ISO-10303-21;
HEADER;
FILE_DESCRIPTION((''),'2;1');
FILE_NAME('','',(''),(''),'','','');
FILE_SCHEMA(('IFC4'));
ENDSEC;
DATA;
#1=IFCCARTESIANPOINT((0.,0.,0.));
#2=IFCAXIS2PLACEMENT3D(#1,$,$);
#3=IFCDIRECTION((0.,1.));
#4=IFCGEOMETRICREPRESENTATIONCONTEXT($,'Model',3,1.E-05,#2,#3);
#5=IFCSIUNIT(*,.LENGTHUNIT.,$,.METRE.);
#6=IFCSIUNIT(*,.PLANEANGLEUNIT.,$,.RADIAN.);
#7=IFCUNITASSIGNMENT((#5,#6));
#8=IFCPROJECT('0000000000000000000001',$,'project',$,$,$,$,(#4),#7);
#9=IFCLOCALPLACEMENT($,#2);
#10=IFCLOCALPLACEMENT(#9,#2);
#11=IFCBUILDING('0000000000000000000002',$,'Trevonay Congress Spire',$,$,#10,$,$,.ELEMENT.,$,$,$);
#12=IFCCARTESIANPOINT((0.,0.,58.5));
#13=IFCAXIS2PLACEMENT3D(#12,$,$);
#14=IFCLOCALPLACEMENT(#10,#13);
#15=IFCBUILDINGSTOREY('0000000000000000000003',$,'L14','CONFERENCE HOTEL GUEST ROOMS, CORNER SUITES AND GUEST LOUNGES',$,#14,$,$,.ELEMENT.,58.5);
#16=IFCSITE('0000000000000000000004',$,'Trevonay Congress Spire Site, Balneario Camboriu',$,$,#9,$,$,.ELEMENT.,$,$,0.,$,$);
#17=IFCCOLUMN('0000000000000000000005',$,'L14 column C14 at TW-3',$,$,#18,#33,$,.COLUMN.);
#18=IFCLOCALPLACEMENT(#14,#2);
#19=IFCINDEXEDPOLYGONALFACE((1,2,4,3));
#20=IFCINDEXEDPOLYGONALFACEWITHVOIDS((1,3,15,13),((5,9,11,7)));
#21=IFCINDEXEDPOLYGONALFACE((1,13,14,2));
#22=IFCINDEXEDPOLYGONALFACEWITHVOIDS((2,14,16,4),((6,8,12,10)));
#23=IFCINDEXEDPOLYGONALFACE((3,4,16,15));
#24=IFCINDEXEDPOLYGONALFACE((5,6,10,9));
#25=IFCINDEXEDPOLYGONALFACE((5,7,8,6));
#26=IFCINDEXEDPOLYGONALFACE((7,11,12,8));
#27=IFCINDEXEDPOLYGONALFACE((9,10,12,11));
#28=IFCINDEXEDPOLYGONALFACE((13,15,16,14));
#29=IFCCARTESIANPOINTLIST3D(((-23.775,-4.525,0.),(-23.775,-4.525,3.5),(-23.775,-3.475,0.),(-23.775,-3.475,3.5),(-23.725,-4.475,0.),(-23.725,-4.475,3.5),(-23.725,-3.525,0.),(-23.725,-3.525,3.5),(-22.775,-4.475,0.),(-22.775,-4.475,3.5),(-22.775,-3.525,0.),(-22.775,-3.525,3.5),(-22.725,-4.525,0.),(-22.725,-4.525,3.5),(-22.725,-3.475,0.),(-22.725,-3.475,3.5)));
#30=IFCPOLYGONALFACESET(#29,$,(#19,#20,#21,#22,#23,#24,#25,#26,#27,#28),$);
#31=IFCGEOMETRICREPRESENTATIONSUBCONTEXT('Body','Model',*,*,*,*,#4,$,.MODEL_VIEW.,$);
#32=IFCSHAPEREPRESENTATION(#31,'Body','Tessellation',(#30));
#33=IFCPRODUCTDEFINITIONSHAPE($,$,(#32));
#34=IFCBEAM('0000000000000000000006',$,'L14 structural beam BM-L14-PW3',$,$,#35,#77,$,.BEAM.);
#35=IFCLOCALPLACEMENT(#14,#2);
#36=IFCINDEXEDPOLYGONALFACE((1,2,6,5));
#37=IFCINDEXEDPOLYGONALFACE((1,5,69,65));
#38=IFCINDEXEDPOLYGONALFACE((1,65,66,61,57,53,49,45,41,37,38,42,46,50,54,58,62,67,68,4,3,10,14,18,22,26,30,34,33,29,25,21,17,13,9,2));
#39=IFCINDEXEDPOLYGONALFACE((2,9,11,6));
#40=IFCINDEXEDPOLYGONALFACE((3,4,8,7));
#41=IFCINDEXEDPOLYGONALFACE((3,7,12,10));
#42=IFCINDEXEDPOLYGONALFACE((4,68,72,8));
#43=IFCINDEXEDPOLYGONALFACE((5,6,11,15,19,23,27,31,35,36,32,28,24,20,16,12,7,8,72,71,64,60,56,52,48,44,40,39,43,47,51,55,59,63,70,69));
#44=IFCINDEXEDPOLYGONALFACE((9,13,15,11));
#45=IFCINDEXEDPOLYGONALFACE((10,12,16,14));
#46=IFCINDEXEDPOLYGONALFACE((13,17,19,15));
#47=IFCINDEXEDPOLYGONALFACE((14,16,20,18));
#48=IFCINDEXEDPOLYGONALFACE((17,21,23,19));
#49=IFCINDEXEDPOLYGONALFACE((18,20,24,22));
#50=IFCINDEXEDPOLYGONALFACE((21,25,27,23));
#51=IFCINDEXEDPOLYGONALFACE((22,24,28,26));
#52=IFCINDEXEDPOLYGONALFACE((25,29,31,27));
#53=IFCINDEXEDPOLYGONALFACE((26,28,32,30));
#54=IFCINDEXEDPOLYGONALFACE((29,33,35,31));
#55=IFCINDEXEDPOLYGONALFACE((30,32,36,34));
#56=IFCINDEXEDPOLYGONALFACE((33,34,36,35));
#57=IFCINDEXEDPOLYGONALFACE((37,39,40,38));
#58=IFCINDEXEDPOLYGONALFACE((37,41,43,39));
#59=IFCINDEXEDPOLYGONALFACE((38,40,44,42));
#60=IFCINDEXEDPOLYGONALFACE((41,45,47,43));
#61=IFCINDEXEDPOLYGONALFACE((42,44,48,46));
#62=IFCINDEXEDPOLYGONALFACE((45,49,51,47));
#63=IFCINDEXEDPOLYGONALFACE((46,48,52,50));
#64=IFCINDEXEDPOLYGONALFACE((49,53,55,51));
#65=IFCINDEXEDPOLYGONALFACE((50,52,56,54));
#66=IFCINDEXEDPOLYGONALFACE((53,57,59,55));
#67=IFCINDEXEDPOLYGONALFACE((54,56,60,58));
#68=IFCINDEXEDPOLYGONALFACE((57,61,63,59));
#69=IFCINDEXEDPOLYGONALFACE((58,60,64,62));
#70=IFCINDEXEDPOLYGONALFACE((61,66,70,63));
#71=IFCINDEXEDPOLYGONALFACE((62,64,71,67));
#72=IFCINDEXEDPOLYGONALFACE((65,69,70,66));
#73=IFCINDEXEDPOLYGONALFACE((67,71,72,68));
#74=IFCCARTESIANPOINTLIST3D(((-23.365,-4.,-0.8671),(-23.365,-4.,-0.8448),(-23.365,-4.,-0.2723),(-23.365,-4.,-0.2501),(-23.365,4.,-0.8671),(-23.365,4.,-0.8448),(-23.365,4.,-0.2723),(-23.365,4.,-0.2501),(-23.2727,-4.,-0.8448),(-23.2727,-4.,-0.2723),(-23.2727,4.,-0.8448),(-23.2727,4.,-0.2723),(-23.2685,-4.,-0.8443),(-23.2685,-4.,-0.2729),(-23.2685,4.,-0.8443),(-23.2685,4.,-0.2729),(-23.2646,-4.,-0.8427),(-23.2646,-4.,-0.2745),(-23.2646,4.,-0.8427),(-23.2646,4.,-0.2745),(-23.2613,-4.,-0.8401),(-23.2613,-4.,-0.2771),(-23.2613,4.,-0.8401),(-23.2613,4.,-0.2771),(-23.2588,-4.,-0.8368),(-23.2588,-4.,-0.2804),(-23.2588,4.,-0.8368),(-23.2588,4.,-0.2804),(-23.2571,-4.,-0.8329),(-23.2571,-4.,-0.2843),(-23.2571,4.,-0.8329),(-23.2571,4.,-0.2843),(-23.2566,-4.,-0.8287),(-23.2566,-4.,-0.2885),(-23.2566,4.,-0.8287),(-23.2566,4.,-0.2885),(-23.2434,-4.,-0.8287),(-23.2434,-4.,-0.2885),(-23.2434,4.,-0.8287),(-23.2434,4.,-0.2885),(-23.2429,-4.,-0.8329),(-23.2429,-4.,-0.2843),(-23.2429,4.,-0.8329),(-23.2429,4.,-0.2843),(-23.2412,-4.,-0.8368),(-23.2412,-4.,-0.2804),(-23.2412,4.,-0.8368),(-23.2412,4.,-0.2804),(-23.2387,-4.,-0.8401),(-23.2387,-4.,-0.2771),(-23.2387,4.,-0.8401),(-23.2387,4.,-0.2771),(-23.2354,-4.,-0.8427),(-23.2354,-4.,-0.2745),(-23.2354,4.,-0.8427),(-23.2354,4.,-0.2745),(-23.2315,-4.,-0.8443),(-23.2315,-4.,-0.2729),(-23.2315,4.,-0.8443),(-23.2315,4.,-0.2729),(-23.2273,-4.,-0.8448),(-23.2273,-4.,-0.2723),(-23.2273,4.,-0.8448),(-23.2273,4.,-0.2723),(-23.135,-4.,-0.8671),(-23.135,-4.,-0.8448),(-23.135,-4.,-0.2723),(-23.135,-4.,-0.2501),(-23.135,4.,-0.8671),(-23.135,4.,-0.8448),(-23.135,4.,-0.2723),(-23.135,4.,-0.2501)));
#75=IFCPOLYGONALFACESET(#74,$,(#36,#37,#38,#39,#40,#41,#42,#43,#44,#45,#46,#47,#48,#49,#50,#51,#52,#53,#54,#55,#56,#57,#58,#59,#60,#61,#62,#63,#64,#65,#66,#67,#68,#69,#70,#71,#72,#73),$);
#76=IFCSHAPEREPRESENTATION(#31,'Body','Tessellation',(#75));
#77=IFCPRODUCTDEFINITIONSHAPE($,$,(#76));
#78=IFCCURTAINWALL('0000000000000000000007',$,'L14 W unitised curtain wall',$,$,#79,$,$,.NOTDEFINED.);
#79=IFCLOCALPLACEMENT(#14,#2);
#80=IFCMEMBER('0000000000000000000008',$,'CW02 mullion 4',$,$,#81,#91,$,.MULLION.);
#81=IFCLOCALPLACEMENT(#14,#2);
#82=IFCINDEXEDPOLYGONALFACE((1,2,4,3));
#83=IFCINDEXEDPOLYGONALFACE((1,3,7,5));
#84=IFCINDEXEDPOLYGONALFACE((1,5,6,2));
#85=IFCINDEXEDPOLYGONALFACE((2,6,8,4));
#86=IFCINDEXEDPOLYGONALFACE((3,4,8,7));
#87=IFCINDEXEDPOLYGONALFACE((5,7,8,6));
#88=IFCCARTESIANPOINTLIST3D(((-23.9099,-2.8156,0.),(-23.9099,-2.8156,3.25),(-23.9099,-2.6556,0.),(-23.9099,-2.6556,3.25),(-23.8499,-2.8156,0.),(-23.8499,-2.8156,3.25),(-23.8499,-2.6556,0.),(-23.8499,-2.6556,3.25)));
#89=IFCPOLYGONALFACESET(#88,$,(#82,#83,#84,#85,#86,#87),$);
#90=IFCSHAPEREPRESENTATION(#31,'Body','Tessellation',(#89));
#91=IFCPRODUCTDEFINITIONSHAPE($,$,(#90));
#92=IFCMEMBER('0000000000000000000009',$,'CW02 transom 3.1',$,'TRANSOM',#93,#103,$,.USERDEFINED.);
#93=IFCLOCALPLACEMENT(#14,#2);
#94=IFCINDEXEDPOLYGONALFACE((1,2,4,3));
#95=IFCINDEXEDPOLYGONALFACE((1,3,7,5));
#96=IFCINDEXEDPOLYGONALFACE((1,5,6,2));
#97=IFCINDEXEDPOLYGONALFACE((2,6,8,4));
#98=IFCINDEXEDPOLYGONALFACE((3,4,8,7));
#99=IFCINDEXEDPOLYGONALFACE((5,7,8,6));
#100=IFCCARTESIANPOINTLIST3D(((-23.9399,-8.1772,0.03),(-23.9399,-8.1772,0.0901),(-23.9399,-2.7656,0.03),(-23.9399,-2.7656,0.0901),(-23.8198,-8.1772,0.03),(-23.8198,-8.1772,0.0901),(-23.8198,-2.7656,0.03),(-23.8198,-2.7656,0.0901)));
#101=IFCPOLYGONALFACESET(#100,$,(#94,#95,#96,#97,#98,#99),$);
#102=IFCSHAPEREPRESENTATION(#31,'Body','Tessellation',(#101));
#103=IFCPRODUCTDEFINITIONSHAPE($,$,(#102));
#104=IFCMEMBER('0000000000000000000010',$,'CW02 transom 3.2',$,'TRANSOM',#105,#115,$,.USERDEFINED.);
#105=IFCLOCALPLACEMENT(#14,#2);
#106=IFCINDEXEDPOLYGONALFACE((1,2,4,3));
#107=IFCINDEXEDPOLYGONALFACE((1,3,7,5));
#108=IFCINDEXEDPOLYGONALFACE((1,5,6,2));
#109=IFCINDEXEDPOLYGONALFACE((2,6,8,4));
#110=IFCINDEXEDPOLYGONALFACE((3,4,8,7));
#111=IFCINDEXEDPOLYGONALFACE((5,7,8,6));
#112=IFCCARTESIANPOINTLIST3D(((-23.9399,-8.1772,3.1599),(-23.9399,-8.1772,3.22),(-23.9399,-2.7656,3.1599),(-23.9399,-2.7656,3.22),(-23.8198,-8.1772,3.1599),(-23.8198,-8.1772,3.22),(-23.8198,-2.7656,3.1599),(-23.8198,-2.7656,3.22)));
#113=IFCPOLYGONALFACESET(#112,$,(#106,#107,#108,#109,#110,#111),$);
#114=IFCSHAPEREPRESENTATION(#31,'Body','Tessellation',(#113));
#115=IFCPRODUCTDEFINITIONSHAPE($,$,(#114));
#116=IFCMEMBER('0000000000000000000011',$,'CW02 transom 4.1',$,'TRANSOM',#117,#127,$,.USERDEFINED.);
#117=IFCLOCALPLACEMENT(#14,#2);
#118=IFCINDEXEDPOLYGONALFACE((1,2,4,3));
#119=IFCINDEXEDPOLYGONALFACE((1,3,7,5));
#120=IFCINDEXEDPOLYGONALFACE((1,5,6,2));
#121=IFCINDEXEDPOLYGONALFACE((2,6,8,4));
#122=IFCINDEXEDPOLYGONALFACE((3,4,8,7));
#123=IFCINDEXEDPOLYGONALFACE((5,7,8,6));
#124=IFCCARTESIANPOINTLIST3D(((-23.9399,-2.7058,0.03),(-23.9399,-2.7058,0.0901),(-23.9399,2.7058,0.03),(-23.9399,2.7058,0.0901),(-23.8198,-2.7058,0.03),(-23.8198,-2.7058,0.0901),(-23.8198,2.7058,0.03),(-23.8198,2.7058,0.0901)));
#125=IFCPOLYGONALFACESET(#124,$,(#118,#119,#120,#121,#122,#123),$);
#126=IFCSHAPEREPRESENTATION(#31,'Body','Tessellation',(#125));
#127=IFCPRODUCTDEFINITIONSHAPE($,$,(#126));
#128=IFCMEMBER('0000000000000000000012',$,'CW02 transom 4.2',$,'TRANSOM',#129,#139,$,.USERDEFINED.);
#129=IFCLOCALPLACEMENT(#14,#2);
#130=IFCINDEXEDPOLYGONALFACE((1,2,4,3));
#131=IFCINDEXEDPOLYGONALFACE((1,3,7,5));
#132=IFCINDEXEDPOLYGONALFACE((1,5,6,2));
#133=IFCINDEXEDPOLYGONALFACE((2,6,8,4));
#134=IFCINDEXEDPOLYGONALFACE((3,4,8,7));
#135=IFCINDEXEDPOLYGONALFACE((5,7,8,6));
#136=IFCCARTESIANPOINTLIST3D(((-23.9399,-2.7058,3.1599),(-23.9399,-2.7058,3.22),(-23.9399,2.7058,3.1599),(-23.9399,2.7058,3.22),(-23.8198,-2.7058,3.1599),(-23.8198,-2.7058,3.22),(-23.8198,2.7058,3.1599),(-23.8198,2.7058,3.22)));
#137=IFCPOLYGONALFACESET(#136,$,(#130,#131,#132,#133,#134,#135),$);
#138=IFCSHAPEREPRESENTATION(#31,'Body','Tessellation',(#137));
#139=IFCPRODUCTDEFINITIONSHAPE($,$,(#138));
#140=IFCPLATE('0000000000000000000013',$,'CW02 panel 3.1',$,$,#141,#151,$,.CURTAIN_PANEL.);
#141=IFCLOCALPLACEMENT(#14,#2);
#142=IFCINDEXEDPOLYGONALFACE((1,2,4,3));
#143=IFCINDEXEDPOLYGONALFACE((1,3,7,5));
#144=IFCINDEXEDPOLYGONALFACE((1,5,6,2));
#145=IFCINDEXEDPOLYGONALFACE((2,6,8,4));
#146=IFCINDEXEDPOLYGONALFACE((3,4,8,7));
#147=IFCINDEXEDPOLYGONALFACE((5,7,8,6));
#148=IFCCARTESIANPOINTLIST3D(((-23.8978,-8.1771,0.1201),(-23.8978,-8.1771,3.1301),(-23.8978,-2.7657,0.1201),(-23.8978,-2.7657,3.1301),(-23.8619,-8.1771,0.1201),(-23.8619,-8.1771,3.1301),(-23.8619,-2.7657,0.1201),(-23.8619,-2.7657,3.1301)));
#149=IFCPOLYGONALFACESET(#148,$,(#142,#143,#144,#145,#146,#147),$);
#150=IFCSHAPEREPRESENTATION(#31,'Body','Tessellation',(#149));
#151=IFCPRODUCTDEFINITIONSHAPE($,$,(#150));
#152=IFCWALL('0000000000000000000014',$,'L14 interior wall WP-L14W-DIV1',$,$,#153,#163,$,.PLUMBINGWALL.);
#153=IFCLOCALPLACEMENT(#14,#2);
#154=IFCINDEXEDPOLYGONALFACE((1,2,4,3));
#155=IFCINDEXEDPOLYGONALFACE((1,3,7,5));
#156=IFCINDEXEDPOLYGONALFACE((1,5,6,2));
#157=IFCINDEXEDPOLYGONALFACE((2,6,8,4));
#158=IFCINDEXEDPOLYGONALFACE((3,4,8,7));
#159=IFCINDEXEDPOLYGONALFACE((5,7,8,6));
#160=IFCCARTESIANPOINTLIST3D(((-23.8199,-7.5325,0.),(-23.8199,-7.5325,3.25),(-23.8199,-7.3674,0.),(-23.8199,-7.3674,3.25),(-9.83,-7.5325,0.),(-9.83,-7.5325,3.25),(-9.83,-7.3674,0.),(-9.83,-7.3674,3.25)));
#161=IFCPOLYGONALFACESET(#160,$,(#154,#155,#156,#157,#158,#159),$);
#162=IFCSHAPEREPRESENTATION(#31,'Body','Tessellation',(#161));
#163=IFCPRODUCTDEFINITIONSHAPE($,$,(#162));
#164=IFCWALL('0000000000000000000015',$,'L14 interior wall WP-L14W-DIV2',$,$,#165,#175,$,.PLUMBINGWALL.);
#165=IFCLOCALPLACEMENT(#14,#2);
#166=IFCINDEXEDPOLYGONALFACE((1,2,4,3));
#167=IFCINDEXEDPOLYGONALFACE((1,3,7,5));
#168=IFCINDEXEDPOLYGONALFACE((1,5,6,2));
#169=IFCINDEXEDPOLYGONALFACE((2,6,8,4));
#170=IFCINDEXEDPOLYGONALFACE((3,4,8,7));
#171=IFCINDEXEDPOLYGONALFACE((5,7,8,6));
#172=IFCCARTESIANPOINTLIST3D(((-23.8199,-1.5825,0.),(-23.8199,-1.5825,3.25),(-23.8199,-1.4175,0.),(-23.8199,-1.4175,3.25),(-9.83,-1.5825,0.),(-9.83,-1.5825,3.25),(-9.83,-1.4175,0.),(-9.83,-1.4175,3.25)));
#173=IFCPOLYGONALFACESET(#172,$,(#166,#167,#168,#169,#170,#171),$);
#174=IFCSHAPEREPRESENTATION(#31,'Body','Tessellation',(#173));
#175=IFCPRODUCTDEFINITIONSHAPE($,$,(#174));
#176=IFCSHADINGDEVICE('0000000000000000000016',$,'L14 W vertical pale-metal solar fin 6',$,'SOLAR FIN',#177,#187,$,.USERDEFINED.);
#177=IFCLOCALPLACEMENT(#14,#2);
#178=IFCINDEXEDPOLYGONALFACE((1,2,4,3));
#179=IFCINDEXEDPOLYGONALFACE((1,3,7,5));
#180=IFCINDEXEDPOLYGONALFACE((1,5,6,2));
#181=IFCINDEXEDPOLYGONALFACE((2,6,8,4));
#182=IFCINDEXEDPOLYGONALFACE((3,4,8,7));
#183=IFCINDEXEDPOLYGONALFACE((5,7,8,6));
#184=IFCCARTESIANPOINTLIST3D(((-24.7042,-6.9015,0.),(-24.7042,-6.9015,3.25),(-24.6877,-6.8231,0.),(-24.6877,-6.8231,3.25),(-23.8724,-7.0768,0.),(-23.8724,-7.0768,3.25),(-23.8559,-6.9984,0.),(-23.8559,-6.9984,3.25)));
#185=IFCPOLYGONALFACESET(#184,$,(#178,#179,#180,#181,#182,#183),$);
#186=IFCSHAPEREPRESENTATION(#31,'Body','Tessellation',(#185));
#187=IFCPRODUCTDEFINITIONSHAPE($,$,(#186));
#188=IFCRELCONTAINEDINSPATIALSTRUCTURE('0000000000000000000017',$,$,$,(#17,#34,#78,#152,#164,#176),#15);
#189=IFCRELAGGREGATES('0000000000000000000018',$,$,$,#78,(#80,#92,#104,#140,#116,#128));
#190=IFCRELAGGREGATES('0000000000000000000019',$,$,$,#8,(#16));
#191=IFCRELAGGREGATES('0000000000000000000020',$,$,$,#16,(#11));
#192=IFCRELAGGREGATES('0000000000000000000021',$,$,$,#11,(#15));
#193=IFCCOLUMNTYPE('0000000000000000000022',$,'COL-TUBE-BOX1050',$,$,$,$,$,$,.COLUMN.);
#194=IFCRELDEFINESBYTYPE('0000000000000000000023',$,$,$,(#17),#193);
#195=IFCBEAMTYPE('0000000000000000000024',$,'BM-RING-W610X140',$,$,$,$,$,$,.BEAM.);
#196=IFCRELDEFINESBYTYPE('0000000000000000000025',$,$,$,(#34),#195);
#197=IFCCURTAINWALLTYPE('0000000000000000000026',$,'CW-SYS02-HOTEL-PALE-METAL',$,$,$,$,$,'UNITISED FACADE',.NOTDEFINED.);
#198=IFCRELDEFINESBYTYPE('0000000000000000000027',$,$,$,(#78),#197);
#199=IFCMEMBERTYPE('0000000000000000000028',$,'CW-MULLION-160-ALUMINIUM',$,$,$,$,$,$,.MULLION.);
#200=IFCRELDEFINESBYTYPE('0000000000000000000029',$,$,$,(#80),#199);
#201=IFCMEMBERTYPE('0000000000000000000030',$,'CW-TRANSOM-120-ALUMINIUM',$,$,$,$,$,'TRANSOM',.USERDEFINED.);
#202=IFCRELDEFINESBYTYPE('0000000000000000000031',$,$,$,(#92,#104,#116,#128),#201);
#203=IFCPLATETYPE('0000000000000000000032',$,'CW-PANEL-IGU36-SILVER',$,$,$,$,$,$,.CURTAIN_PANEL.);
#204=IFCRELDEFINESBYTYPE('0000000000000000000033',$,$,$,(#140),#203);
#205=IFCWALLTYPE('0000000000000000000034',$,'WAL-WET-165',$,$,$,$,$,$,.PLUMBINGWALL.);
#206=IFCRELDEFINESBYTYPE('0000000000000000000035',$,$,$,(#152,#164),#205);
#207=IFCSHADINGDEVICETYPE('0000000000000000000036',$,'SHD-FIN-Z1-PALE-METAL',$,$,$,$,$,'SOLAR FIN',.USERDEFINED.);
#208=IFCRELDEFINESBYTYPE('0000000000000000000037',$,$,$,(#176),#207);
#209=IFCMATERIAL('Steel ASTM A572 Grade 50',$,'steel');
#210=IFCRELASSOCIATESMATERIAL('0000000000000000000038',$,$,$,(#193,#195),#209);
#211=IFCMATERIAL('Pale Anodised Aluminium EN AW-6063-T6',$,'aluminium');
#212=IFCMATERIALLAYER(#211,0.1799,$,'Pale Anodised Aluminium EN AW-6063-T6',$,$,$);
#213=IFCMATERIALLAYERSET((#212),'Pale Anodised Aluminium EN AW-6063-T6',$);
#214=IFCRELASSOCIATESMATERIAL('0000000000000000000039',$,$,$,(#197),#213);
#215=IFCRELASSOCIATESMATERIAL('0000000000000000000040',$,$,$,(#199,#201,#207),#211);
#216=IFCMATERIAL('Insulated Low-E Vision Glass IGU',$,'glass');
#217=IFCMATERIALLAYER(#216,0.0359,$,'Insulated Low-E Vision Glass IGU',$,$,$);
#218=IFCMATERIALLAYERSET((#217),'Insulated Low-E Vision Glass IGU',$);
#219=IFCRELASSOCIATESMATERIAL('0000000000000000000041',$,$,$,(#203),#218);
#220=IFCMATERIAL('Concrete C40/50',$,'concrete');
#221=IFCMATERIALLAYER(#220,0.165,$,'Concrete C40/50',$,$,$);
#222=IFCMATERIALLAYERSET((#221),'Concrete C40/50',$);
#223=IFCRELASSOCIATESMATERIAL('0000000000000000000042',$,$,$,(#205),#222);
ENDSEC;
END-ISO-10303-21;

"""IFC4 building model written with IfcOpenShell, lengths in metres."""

from ifc_helpers import new_model, si_unit, direction, frame, frame_2d, origin, origin_2d, place, context, subcontext, project, spatial, rectangle, hollow_rectangle, i_section, extrude, material, layer, layer_set, material_profile, profile_set, type_object, element, aggregate, save


model = new_model("IFC4")

# Units and contexts
model_context = context("Model", 3, precision=1e-05, world=origin(), true_north=direction((0.0, 1.0)))
body_context = subcontext(model_context, "Body", "Model", "MODEL_VIEW")
ifc_project = project(units=[si_unit("LENGTHUNIT", "METRE"), si_unit("PLANEANGLEUNIT", "RADIAN")], contexts=[model_context])

# Site, building, storey
site_placement = place(None, origin())
site = spatial("IfcSite", under=ifc_project, at=site_placement, Name="Trevonay Congress Spire Site, Balneario Camboriu", CompositionType="ELEMENT", RefElevation=0.0)
building_placement = place(site_placement, origin())
building = spatial("IfcBuilding", under=site, at=building_placement, Name="Trevonay Congress Spire", CompositionType="ELEMENT")
storey_placement = place(building_placement, frame((0.0, 0.0, 58.5)))
storey = spatial("IfcBuildingStorey", under=building, at=storey_placement, Name="L14", Description="CONFERENCE HOTEL GUEST ROOMS, CORNER SUITES AND GUEST LOUNGES", CompositionType="ELEMENT", Elevation=58.5)

# Column
ifc_material_1 = material(Name="Steel ASTM A572 Grade 50", Category="steel")
ifc_material_profile_1 = material_profile(ifc_material_1, hollow_rectangle(XDim=1.05, YDim=1.05, WallThickness=0.05, at=origin_2d()), Name="BOX 1050x1050x50")
ifc_profile_set_1 = profile_set([ifc_material_profile_1], Name="Steel ASTM A572 Grade 50")
column_type = type_object("IfcColumnType", Name="COL-TUBE-BOX1050", PredefinedType="COLUMN", material=ifc_profile_set_1)
column_placement = place(storey_placement, frame((-23.25, -4.0, 0.0), z_axis=(0.0, 0.0, 1.0), x_axis=(1.0, 0.0, 0.0)))
element("IfcColumn", 1, at=column_placement, inside=storey, type_object=column_type, Name="L14 column C14 at TW-3", PredefinedType="COLUMN", context=body_context, shape_type="SweptSolid", body=[
    extrude(hollow_rectangle(XDim=1.05, YDim=1.05, WallThickness=0.05, at=origin_2d()), origin(), (0.0, 0.0, 1.0), 3.5),
])

# Beam
ifc_material_profile_2 = material_profile(ifc_material_1, i_section(OverallWidth=0.23, OverallDepth=0.6169, WebThickness=0.0132, FlangeThickness=0.0222, FilletRadius=0.0161, at=origin_2d()), Name="W610x140")
ifc_profile_set_2 = profile_set([ifc_material_profile_2], Name="Steel ASTM A572 Grade 50")
beam_type = type_object("IfcBeamType", Name="BM-RING-W610X140", PredefinedType="BEAM", material=ifc_profile_set_2)
beam_placement = place(storey_placement, frame((-23.25, -4.0, -0.5586), z_axis=(0.0, 1.0, 0.0), x_axis=(-1.0, 0.0, 0.0)))
element("IfcBeam", 2, at=beam_placement, inside=storey, type_object=beam_type, Name="L14 structural beam BM-L14-PW3", PredefinedType="BEAM", context=body_context, shape_type="SweptSolid", body=[
    extrude(i_section(OverallWidth=0.23, OverallDepth=0.6169, WebThickness=0.0132, FlangeThickness=0.0222, FilletRadius=0.0161, at=origin_2d()), origin(), (0.0, 0.0, 1.0), 8.0),
])

# Curtain wall, members, plate
ifc_material_2 = material(Name="Pale Anodised Aluminium EN AW-6063-T6", Category="aluminium")
ifc_layer_1 = layer(ifc_material_2, 0.1799, Name="Pale Anodised Aluminium EN AW-6063-T6")
ifc_layer_set_1 = layer_set([ifc_layer_1], Name="Pale Anodised Aluminium EN AW-6063-T6")
curtain_wall_type = type_object("IfcCurtainWallType", Name="CW-SYS02-HOTEL-PALE-METAL", ElementType="UNITISED FACADE", PredefinedType="NOTDEFINED", material=ifc_layer_set_1)
curtain_wall_placement = place(storey_placement, origin())
curtain_wall = element("IfcCurtainWall", 3, at=curtain_wall_placement, inside=storey, type_object=curtain_wall_type, Name="L14 W unitised curtain wall", PredefinedType="NOTDEFINED")
ifc_material_profile_3 = material_profile(ifc_material_2, rectangle(XDim=0.0601, YDim=0.1599, at=origin_2d()), Name="CW-MULLION-160-ALUMINIUM")
ifc_profile_set_3 = profile_set([ifc_material_profile_3], Name="Pale Anodised Aluminium EN AW-6063-T6")
member_type_1 = type_object("IfcMemberType", Name="CW-MULLION-160-ALUMINIUM", PredefinedType="MULLION", material=ifc_profile_set_3)
member_1_placement = place(storey_placement, frame((-23.8799, -2.7356, 0.0), z_axis=(0.0, 0.0, 1.0), x_axis=(-1.0, 0.0, 0.0)))
member_1 = element("IfcMember", 4, at=member_1_placement, type_object=member_type_1, Name="CW02 mullion 4", PredefinedType="MULLION", context=body_context, shape_type="SweptSolid", body=[
    extrude(rectangle(XDim=0.0601, YDim=0.1599, at=origin_2d()), origin(), (0.0, 0.0, 1.0), 3.25),
])
ifc_material_profile_4 = material_profile(ifc_material_2, rectangle(XDim=0.1201, YDim=0.0601, at=origin_2d()), Name="CW-TRANSOM-120-ALUMINIUM")
ifc_profile_set_4 = profile_set([ifc_material_profile_4], Name="Pale Anodised Aluminium EN AW-6063-T6")
member_type_2 = type_object("IfcMemberType", Name="CW-TRANSOM-120-ALUMINIUM", ElementType="TRANSOM", PredefinedType="USERDEFINED", material=ifc_profile_set_4)
member_2_placement = place(storey_placement, frame((-23.8799, -8.1772, 0.0601), z_axis=(0.0, 1.0, 0.0), x_axis=(-1.0, 0.0, 0.0)))
member_2 = element("IfcMember", 5, at=member_2_placement, type_object=member_type_2, Name="CW02 transom 3.1", ObjectType="TRANSOM", PredefinedType="USERDEFINED", context=body_context, shape_type="SweptSolid", body=[
    extrude(rectangle(XDim=0.1201, YDim=0.0601, at=origin_2d()), origin(), (0.0, 0.0, 1.0), 5.4116),
])
member_3_placement = place(storey_placement, frame((-23.8799, -8.1772, 3.1899), z_axis=(0.0, 1.0, 0.0), x_axis=(-1.0, 0.0, 0.0)))
member_3 = element("IfcMember", 6, at=member_3_placement, type_object=member_type_2, Name="CW02 transom 3.2", ObjectType="TRANSOM", PredefinedType="USERDEFINED", context=body_context, shape_type="SweptSolid", body=[
    extrude(rectangle(XDim=0.1201, YDim=0.0601, at=origin_2d()), origin(), (0.0, 0.0, 1.0), 5.4116),
])
member_4_placement = place(storey_placement, frame((-23.8799, -2.7058, 0.0601), z_axis=(0.0, 1.0, 0.0), x_axis=(-1.0, 0.0, 0.0)))
member_4 = element("IfcMember", 7, at=member_4_placement, type_object=member_type_2, Name="CW02 transom 4.1", ObjectType="TRANSOM", PredefinedType="USERDEFINED", context=body_context, shape_type="SweptSolid", body=[
    extrude(rectangle(XDim=0.1201, YDim=0.0601, at=origin_2d()), origin(), (0.0, 0.0, 1.0), 5.4116),
])
member_5_placement = place(storey_placement, frame((-23.8799, -2.7058, 3.1899), z_axis=(0.0, 1.0, 0.0), x_axis=(-1.0, 0.0, 0.0)))
member_5 = element("IfcMember", 8, at=member_5_placement, type_object=member_type_2, Name="CW02 transom 4.2", ObjectType="TRANSOM", PredefinedType="USERDEFINED", context=body_context, shape_type="SweptSolid", body=[
    extrude(rectangle(XDim=0.1201, YDim=0.0601, at=origin_2d()), origin(), (0.0, 0.0, 1.0), 5.4116),
])
ifc_material_3 = material(Name="Insulated Low-E Vision Glass IGU", Category="glass")
ifc_layer_2 = layer(ifc_material_3, 0.0359, Name="Insulated Low-E Vision Glass IGU")
ifc_layer_set_2 = layer_set([ifc_layer_2], Name="Insulated Low-E Vision Glass IGU")
plate_type = type_object("IfcPlateType", Name="CW-PANEL-IGU36-SILVER", PredefinedType="CURTAIN_PANEL", material=ifc_layer_set_2)
plate_placement = place(storey_placement, frame((-23.8799, -5.4714, 0.1201), z_axis=(0.0, 0.0, 1.0), x_axis=(0.0, 1.0, 0.0)))
plate = element("IfcPlate", 9, at=plate_placement, type_object=plate_type, Name="CW02 panel 3.1", PredefinedType="CURTAIN_PANEL", context=body_context, shape_type="SweptSolid", body=[
    extrude(rectangle(XDim=5.4114, YDim=0.0359, at=origin_2d()), origin(), (0.0, 0.0, 1.0), 3.01),
])
aggregate(curtain_wall, [member_1, member_2, member_3, plate, member_4, member_5])

# Walls
ifc_material_4 = material(Name="Concrete C40/50", Category="concrete")
ifc_layer_3 = layer(ifc_material_4, 0.165, Name="Concrete C40/50")
ifc_layer_set_3 = layer_set([ifc_layer_3], Name="Concrete C40/50")
wall_type = type_object("IfcWallType", Name="WAL-WET-165", PredefinedType="PLUMBINGWALL", material=ifc_layer_set_3)
for number, where, z_axis, x_axis, name in (
    (10, (-23.8201, -7.45, 0.0), (0.0, 0.0, 1.0), (1.0, 0.0, 0.0), "L14 interior wall WP-L14W-DIV1"),
    (11, (-23.8201, -1.5, 0.0), (0.0, 0.0, 1.0), (1.0, 0.0, 0.0), "L14 interior wall WP-L14W-DIV2"),
):
    element("IfcWall", number, at=place(storey_placement, frame(where, z_axis=z_axis, x_axis=x_axis)), inside=storey, type_object=wall_type, Name=name, PredefinedType="PLUMBINGWALL", context=body_context, shape_type="SweptSolid", body=[
        extrude(rectangle(XDim=13.99, YDim=0.165, at=frame_2d((6.9951, 0.0))), origin(), (0.0, 0.0, 1.0), 3.25),
    ])

# Shading device
shading_device_type = type_object("IfcShadingDeviceType", Name="SHD-FIN-Z1-PALE-METAL", ElementType="SOLAR FIN", PredefinedType="USERDEFINED", material=ifc_material_2)
for number, where, z_axis, x_axis, name in (
    (12, (-24.28, -6.95, 0.0), (0.0, 0.0, 1.0), (0.206204, 0.978509, 0.0), "L14 W vertical pale-metal solar fin 6"),
):
    element("IfcShadingDevice", number, at=place(storey_placement, frame(where, z_axis=z_axis, x_axis=x_axis)), inside=storey, type_object=shading_device_type, Name=name, ObjectType="SOLAR FIN", PredefinedType="USERDEFINED", context=body_context, shape_type="SweptSolid", body=[
        extrude(rectangle(XDim=0.0801, YDim=0.8501, at=origin_2d()), origin(), (0.0, 0.0, 1.0), 3.25),
    ])

save(model, "model.ifc")
